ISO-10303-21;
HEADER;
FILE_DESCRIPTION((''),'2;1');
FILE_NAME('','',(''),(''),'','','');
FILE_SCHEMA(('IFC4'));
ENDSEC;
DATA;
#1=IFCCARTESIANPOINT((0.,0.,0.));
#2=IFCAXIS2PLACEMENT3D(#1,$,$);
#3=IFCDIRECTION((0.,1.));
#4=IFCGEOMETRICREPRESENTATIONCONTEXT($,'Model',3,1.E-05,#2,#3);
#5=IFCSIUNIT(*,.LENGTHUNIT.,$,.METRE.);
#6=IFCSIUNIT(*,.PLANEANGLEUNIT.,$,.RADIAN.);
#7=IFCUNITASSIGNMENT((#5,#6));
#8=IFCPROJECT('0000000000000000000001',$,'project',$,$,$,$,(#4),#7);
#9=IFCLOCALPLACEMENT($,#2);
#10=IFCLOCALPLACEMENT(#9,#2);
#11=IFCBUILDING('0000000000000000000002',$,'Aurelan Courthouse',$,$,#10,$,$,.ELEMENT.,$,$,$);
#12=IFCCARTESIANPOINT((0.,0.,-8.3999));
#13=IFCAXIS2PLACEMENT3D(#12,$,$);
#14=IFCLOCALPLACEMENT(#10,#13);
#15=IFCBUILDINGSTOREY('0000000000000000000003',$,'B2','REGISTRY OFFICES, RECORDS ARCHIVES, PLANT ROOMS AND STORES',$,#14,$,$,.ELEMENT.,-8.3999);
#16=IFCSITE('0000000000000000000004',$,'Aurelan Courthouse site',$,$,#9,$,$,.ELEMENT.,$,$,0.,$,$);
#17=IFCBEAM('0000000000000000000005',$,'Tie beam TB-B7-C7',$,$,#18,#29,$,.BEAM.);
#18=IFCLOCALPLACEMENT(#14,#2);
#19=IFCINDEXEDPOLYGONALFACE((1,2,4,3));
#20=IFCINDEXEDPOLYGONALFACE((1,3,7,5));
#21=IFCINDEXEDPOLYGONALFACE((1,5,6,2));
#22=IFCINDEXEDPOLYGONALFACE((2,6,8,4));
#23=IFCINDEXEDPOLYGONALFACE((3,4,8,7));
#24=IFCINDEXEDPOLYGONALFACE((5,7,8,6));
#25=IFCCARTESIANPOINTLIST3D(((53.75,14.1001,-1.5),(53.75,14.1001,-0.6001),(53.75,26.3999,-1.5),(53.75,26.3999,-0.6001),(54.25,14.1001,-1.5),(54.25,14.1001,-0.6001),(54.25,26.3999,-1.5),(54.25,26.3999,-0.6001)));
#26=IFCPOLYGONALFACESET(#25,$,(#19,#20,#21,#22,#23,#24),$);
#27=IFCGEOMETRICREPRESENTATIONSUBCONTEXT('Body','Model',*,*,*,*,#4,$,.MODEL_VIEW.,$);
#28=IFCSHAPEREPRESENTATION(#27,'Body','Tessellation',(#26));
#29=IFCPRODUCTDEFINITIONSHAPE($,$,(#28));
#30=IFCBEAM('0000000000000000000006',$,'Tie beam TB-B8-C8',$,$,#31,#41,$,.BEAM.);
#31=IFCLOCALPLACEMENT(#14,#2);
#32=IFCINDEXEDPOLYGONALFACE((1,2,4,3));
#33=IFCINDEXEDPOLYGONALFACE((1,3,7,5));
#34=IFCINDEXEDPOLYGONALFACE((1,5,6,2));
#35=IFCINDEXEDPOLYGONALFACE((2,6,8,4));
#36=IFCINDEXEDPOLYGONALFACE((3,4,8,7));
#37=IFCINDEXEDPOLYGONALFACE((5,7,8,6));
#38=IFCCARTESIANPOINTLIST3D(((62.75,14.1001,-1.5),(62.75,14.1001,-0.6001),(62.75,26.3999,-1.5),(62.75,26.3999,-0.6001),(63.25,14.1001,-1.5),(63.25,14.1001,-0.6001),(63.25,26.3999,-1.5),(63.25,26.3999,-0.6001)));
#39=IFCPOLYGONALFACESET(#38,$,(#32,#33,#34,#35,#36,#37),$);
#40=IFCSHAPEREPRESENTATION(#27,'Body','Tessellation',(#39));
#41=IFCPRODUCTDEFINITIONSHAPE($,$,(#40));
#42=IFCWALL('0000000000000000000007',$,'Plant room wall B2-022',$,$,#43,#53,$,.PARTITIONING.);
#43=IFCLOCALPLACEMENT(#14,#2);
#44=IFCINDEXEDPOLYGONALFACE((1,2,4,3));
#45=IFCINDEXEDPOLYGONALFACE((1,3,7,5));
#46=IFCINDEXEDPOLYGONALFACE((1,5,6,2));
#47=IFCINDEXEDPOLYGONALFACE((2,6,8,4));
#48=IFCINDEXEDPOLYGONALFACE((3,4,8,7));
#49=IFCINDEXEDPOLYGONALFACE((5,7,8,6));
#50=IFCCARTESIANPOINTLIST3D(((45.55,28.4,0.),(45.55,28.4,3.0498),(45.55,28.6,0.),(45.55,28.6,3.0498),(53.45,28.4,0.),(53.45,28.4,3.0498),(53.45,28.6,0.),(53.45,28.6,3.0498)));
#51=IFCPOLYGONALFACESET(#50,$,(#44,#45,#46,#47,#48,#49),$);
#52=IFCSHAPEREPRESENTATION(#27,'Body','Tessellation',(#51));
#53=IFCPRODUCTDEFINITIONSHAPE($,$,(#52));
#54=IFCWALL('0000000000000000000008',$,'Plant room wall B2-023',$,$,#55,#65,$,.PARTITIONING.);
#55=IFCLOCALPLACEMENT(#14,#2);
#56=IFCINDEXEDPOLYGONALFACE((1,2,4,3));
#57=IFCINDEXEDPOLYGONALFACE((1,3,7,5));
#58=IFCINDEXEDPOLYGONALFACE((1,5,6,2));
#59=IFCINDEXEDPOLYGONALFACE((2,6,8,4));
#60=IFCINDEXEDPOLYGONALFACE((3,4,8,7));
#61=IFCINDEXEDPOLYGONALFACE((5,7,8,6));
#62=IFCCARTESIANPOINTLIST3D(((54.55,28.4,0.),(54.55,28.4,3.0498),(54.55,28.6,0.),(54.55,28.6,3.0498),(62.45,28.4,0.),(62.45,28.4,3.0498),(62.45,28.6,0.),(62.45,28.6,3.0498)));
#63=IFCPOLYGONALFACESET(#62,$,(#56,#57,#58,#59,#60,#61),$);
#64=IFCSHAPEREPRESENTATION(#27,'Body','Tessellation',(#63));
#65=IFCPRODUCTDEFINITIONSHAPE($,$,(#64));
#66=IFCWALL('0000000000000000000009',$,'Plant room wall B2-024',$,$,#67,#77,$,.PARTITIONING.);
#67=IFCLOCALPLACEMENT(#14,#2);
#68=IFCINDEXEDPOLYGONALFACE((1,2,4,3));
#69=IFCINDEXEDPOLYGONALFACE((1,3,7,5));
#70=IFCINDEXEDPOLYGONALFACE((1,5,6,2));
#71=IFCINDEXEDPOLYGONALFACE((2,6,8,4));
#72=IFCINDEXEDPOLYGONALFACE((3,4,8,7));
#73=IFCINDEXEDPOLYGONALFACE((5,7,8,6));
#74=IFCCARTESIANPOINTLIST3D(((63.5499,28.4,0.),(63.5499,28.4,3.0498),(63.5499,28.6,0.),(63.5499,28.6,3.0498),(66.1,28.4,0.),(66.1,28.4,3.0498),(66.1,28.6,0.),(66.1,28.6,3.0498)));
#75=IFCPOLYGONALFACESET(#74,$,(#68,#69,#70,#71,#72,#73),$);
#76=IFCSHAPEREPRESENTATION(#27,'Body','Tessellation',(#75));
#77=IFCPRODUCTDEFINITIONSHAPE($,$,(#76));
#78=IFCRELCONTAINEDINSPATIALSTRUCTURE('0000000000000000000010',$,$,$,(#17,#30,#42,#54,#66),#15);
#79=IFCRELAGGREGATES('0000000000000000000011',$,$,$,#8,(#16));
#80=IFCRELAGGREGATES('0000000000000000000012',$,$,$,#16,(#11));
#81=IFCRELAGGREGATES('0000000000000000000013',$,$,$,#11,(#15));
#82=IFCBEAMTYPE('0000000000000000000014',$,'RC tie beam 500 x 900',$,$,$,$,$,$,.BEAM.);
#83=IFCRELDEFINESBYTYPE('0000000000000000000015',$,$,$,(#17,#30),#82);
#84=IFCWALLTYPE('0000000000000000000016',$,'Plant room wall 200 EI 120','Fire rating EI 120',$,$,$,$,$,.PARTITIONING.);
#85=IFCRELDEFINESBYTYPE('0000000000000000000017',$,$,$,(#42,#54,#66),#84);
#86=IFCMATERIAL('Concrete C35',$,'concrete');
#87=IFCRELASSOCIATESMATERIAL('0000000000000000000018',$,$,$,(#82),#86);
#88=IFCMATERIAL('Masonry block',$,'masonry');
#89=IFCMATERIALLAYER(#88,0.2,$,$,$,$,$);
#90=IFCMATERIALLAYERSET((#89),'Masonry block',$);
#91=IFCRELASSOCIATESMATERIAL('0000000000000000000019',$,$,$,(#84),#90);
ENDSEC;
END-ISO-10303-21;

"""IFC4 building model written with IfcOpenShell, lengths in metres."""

from ifc_helpers import new_model, si_unit, direction, frame, frame_2d, origin, origin_2d, place, context, subcontext, project, spatial, rectangle, extrude, material, layer, layer_set, material_profile, profile_set, type_object, element, save


model = new_model("IFC4")

# Units and contexts
model_context = context("Model", 3, precision=1e-05, world=origin(), true_north=direction((0.0, 1.0)))
body_context = subcontext(model_context, "Body", "Model", "MODEL_VIEW")
ifc_project = project(units=[si_unit("LENGTHUNIT", "METRE"), si_unit("PLANEANGLEUNIT", "RADIAN")], contexts=[model_context])

# Site, building, storey
site_placement = place(None, origin())
site = spatial("IfcSite", under=ifc_project, at=site_placement, Name="Aurelan Courthouse site", CompositionType="ELEMENT", RefElevation=0.0)
building_placement = place(site_placement, origin())
building = spatial("IfcBuilding", under=site, at=building_placement, Name="Aurelan Courthouse", CompositionType="ELEMENT")
storey_placement = place(building_placement, frame((0.0, 0.0, -8.3999)))
storey = spatial("IfcBuildingStorey", under=building, at=storey_placement, Name="B2", Description="REGISTRY OFFICES, RECORDS ARCHIVES, PLANT ROOMS AND STORES", CompositionType="ELEMENT", Elevation=-8.3999)

# Shared definitions
ifc_material_1 = material(Name="Concrete C35", Category="concrete")

# Beams
ifc_material_profile_1 = material_profile(ifc_material_1, rectangle(XDim=0.5, YDim=0.8999, at=origin_2d()), Name="RC 500 x 900")
ifc_profile_set_1 = profile_set([ifc_material_profile_1], Name="Concrete C35")
beam_type_1 = type_object("IfcBeamType", Name="RC tie beam 500 x 900", PredefinedType="BEAM", material=ifc_profile_set_1)
for number, where, z_axis, x_axis, name in (
    (1, (54.0, 14.1001, -1.05), (0.0, 1.0, 0.0), (-1.0, 0.0, 0.0), "Tie beam TB-B7-C7"),
    (2, (63.0, 14.1001, -1.05), (0.0, 1.0, 0.0), (-1.0, 0.0, 0.0), "Tie beam TB-B8-C8"),
):
    element("IfcBeam", number, at=place(storey_placement, frame(where, z_axis=z_axis, x_axis=x_axis)), inside=storey, type_object=beam_type_1, Name=name, PredefinedType="BEAM", context=body_context, shape_type="SweptSolid", body=[
        extrude(rectangle(XDim=0.5, YDim=0.8999, at=origin_2d()), origin(), (0.0, 0.0, 1.0), 12.2998),
    ])

# Walls
ifc_material_2 = material(Name="Masonry block", Category="masonry")
ifc_layer = layer(ifc_material_2, 0.2)
ifc_layer_set = layer_set([ifc_layer], Name="Masonry block")
wall_type = type_object("IfcWallType", Name="Plant room wall 200 EI 120", Description="Fire rating EI 120", PredefinedType="PARTITIONING", material=ifc_layer_set)
for number, where, z_axis, x_axis, name in (
    (3, (45.55, 28.5, 0.0), (0.0, 0.0, 1.0), (1.0, 0.0, 0.0), "Plant room wall B2-022"),
    (4, (54.55, 28.5, 0.0), (0.0, 0.0, 1.0), (1.0, 0.0, 0.0), "Plant room wall B2-023"),
):
    element("IfcWall", number, at=place(storey_placement, frame(where, z_axis=z_axis, x_axis=x_axis)), inside=storey, type_object=wall_type, Name=name, PredefinedType="PARTITIONING", context=body_context, shape_type="SweptSolid", body=[
        extrude(rectangle(XDim=7.8999, YDim=0.2, at=frame_2d((3.95, 0.0))), origin(), (0.0, 0.0, 1.0), 3.0498),
    ])
wall_placement = place(storey_placement, frame((63.55, 28.5, 0.0), z_axis=(0.0, 0.0, 1.0), x_axis=(1.0, 0.0, 0.0)))
element("IfcWall", 5, at=wall_placement, inside=storey, type_object=wall_type, Name="Plant room wall B2-024", PredefinedType="PARTITIONING", context=body_context, shape_type="SweptSolid", body=[
    extrude(rectangle(XDim=2.55, YDim=0.2, at=frame_2d((1.2749, 0.0))), origin(), (0.0, 0.0, 1.0), 3.0498),
])

save(model, "model.ifc")
